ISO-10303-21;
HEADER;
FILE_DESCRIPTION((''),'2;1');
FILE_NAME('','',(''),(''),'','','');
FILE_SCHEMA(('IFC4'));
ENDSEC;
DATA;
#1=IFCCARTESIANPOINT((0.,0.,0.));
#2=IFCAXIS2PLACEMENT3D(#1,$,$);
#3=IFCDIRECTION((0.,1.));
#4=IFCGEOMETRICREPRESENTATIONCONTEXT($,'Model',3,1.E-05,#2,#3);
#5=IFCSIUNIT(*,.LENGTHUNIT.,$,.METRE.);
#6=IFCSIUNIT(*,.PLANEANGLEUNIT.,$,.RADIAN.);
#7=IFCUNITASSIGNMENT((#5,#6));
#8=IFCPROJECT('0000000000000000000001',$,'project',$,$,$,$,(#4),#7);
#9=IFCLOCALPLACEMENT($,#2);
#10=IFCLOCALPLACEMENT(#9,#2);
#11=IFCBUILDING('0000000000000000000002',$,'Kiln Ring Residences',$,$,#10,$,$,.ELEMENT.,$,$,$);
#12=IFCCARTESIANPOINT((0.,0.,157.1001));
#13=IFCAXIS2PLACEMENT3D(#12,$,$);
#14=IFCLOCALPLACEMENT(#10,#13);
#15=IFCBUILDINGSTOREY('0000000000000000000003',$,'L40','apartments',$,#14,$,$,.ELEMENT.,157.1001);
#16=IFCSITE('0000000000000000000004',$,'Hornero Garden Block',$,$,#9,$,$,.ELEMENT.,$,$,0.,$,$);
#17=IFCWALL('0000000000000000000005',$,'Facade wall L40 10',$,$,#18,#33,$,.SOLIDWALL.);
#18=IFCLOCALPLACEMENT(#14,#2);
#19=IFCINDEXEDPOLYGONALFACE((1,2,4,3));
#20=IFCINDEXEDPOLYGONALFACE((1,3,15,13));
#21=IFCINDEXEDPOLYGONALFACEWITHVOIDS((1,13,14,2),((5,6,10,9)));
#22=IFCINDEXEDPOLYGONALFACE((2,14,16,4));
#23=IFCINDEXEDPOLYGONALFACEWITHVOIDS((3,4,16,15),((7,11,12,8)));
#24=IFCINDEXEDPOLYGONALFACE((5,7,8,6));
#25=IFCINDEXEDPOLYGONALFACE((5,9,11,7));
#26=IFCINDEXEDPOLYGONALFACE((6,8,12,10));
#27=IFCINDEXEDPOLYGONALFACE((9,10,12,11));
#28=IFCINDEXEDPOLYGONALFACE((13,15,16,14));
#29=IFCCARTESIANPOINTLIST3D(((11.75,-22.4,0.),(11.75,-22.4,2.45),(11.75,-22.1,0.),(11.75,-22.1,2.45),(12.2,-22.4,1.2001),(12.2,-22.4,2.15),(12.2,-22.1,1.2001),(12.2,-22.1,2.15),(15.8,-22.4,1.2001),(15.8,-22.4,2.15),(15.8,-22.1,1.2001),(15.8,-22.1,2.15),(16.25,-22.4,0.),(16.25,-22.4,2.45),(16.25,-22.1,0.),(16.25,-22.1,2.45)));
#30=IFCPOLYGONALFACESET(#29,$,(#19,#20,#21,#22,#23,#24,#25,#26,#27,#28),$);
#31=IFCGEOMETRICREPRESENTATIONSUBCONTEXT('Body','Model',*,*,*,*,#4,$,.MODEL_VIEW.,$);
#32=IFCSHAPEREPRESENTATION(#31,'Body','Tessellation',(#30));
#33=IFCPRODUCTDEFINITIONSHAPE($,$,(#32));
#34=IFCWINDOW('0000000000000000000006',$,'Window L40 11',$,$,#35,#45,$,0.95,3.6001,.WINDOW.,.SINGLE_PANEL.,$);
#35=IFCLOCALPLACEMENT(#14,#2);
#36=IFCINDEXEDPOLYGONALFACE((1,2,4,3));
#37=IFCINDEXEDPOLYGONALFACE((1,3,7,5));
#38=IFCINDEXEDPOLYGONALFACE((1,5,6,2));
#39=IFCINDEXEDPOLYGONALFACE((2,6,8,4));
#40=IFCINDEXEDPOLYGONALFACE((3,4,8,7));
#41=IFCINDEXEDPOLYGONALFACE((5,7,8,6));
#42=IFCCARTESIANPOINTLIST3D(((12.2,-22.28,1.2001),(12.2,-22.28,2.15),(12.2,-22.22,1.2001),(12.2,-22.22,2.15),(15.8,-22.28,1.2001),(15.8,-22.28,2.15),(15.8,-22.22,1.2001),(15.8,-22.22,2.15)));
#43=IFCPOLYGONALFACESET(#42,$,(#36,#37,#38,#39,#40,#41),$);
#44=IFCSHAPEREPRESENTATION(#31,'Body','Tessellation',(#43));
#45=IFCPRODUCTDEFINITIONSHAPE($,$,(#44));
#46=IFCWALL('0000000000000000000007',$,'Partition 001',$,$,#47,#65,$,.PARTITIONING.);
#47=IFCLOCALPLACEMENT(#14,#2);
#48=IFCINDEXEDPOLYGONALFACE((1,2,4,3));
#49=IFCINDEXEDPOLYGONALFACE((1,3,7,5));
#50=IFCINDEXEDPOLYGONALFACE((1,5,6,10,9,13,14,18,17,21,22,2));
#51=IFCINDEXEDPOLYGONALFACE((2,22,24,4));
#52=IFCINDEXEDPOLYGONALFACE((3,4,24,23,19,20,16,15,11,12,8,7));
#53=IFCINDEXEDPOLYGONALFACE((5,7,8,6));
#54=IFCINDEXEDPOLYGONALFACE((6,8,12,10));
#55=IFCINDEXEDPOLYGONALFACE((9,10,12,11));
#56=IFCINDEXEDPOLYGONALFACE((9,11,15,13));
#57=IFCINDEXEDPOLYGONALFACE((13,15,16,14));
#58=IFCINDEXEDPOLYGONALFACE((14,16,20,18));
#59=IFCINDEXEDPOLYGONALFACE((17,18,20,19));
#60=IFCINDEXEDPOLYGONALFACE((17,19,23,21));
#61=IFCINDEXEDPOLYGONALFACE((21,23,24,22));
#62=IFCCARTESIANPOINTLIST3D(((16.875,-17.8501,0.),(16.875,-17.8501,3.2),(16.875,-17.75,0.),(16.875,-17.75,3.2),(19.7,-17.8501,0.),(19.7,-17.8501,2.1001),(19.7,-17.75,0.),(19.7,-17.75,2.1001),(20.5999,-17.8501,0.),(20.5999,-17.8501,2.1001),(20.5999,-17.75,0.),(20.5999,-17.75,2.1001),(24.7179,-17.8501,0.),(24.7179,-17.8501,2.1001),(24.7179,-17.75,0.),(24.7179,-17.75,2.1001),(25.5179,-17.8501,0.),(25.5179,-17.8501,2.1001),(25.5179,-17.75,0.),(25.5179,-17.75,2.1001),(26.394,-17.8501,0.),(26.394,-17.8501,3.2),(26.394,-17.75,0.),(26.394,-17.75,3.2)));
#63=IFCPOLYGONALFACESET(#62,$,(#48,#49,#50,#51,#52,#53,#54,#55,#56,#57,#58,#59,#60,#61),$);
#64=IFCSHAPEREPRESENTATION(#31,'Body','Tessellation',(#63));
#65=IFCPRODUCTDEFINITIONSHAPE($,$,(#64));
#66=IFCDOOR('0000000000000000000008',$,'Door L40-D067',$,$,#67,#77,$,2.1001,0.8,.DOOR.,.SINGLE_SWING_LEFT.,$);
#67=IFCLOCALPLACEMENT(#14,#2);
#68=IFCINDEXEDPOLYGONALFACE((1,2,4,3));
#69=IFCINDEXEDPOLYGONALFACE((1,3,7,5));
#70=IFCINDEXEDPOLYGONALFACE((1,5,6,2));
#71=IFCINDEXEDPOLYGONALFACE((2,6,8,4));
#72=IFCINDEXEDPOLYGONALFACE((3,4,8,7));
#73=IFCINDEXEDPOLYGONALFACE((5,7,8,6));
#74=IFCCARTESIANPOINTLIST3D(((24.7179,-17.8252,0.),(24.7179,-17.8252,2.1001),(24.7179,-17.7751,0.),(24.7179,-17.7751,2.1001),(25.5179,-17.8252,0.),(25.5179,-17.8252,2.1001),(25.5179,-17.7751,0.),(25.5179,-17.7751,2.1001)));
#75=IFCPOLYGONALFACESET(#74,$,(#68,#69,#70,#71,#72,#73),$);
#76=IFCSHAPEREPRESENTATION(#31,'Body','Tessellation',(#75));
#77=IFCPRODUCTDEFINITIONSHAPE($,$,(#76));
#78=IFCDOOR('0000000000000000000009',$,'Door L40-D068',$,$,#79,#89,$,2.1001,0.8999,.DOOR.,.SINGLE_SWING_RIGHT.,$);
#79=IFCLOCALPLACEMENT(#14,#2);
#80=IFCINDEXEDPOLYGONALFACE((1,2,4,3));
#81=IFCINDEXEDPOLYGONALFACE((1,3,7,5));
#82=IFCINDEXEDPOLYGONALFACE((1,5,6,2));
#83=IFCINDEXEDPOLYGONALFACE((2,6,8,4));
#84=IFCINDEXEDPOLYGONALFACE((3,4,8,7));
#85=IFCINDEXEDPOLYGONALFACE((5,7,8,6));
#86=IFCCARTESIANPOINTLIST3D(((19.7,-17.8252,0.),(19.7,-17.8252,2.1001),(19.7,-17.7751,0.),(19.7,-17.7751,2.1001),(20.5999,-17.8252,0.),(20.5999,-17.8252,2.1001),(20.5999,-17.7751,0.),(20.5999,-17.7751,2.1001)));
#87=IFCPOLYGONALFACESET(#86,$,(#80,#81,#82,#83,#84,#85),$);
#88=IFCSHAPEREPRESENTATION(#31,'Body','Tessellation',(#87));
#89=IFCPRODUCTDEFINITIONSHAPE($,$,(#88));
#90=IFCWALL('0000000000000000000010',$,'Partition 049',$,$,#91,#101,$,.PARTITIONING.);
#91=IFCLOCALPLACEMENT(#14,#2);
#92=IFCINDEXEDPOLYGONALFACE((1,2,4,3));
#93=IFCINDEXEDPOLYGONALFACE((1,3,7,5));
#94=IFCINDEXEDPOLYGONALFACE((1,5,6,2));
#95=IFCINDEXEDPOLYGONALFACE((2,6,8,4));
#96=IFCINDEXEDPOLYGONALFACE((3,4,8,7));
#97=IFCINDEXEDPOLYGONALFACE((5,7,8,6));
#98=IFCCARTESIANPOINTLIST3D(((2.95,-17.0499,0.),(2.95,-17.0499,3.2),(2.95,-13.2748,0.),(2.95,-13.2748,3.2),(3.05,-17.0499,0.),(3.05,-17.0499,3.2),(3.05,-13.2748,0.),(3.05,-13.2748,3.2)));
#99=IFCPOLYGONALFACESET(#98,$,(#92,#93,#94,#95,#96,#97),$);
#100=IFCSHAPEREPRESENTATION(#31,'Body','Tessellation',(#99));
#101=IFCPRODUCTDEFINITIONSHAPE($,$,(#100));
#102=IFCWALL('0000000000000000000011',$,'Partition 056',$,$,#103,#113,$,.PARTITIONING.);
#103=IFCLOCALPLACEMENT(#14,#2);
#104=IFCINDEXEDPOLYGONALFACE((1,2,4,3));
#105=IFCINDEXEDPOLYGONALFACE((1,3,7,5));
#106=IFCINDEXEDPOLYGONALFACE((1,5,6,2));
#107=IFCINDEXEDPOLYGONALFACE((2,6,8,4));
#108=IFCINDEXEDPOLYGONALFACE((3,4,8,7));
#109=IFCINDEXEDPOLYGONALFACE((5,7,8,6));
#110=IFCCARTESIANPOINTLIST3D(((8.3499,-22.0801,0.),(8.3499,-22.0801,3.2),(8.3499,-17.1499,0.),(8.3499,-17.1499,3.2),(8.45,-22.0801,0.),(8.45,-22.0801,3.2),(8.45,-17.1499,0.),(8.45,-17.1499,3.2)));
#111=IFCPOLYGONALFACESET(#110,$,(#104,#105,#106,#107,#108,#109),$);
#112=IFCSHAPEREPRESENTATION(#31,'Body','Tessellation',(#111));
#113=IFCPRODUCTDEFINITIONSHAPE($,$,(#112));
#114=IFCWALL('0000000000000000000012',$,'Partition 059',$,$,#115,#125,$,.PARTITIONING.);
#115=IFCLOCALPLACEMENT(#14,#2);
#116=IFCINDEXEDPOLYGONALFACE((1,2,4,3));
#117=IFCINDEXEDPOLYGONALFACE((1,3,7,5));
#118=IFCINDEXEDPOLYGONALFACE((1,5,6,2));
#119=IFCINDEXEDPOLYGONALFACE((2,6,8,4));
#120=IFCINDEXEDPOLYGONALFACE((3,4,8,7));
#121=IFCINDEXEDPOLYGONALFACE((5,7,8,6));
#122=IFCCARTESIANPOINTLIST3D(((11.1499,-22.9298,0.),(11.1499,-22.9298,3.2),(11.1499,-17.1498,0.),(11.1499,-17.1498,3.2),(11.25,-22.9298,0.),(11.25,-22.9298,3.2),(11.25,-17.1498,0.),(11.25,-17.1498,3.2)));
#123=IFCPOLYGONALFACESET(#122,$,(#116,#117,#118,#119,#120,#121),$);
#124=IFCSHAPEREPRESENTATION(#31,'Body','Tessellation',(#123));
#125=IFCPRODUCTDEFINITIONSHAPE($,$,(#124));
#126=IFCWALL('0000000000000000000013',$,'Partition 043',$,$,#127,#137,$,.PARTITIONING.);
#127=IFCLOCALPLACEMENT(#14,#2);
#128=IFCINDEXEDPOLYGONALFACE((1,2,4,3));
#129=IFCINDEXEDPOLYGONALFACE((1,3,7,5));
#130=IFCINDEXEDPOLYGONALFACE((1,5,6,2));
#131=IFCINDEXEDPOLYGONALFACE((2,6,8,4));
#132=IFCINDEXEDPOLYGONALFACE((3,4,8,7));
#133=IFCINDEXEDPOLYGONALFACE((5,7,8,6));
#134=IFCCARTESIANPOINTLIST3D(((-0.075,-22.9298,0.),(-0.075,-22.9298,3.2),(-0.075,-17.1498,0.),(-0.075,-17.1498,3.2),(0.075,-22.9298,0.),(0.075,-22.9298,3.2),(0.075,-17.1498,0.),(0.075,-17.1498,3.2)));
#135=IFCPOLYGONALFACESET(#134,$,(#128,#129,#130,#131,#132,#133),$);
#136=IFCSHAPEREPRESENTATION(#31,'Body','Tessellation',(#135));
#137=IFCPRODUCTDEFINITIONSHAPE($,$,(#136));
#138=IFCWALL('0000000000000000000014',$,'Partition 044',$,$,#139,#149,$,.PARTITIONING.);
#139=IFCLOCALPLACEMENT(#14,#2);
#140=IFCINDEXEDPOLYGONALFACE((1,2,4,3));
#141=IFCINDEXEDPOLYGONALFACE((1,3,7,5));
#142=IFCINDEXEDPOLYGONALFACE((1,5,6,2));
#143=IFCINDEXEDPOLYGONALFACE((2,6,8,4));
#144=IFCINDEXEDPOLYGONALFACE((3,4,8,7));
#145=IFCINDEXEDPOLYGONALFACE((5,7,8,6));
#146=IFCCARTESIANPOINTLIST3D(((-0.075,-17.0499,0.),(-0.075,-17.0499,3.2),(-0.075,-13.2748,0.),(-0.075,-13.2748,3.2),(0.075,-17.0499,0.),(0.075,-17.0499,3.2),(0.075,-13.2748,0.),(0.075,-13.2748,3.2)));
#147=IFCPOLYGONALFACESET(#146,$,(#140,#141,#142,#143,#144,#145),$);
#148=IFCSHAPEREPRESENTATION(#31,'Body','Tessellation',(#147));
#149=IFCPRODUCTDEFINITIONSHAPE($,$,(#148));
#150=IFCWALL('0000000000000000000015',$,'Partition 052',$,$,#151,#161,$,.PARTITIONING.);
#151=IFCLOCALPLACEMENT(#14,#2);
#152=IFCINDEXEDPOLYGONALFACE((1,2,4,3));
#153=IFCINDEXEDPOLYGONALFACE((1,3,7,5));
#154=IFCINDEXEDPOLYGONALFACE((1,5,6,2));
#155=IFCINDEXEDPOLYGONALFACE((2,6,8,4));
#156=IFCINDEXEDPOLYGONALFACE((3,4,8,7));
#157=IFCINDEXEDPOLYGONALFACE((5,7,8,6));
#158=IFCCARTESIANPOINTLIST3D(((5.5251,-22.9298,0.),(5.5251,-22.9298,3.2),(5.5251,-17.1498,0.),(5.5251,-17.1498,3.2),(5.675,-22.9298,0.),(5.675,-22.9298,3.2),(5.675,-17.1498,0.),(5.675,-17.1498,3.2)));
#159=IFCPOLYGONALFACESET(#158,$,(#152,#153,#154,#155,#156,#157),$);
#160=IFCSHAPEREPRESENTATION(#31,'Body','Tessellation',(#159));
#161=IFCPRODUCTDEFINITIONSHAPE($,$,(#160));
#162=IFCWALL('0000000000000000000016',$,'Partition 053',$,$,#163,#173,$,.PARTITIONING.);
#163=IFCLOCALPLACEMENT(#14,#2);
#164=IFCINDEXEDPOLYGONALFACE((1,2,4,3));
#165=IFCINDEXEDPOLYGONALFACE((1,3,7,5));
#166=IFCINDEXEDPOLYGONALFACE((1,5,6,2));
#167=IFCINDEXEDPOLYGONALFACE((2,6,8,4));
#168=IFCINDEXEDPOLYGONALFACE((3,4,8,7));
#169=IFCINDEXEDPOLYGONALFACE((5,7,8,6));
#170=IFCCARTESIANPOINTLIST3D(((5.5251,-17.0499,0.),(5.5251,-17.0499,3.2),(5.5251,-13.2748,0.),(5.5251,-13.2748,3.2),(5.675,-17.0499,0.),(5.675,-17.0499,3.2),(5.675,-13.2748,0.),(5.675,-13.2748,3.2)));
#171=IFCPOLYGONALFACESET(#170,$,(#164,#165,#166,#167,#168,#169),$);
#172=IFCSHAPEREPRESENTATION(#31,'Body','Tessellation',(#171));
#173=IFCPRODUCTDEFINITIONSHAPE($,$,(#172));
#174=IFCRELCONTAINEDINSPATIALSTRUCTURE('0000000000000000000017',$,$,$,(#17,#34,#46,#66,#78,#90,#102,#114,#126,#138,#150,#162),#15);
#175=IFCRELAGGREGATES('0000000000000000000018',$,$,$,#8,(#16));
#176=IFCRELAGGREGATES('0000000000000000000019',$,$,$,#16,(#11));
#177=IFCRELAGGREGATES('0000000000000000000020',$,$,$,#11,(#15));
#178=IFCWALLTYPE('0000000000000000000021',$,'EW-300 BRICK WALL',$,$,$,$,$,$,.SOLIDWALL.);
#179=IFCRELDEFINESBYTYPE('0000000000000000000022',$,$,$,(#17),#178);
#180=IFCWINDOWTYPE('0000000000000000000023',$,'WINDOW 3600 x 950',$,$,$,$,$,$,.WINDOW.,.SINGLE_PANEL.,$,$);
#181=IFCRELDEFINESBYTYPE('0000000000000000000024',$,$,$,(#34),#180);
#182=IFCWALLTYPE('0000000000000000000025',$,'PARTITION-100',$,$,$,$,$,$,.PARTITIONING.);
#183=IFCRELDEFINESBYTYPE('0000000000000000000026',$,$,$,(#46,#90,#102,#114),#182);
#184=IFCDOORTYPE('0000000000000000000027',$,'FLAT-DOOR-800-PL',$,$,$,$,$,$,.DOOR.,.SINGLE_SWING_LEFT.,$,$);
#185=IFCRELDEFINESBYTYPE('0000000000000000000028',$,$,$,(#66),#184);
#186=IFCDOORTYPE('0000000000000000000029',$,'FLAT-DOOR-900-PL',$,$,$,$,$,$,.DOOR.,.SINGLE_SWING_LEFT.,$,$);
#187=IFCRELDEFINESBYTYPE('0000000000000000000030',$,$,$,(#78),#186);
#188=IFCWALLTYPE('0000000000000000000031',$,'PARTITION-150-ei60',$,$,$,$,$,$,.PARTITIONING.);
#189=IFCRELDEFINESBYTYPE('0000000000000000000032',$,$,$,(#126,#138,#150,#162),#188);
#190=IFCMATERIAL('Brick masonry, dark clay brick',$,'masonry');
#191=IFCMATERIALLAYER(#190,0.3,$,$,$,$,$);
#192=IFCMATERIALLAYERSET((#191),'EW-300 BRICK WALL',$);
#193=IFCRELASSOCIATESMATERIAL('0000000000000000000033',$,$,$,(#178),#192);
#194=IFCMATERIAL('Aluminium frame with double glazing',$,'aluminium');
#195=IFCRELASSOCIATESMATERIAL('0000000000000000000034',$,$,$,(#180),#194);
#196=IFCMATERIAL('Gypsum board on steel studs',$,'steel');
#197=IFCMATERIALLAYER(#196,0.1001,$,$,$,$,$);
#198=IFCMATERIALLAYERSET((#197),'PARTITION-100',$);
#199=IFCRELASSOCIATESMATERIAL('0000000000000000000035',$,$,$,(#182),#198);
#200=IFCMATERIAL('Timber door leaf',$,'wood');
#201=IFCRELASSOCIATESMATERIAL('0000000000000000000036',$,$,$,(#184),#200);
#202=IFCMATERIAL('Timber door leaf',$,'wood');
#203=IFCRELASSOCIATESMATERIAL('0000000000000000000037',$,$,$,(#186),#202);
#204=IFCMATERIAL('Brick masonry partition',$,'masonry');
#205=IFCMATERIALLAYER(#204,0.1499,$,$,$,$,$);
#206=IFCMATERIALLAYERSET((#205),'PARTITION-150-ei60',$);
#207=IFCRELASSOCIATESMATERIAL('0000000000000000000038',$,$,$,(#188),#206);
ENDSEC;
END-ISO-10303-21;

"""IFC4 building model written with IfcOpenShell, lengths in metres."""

from ifc_helpers import new_model, si_unit, direction, frame, frame_2d, origin, place, context, subcontext, project, spatial, rectangle, extrude, material, layer, layer_set, type_object, element, fill, save


model = new_model("IFC4")

# Units and contexts
model_context = context("Model", 3, precision=1e-05, world=origin(), true_north=direction((0.0, 1.0)))
body_context = subcontext(model_context, "Body", "Model", "MODEL_VIEW")
ifc_project = project(units=[si_unit("LENGTHUNIT", "METRE"), si_unit("PLANEANGLEUNIT", "RADIAN")], contexts=[model_context])

# Site, building, storey
site_placement = place(None, origin())
site = spatial("IfcSite", under=ifc_project, at=site_placement, Name="Hornero Garden Block", CompositionType="ELEMENT", RefElevation=0.0)
building_placement = place(site_placement, origin())
building = spatial("IfcBuilding", under=site, at=building_placement, Name="Kiln Ring Residences", CompositionType="ELEMENT")
storey_placement = place(building_placement, frame((0.0, 0.0, 157.1001)))
storey = spatial("IfcBuildingStorey", under=building, at=storey_placement, Name="L40", Description="apartments", CompositionType="ELEMENT", Elevation=157.1001)

# Shared definitions
ifc_material_1 = material(Name="Brick masonry, dark clay brick", Category="masonry")
ifc_layer_1 = layer(ifc_material_1, 0.3)
ifc_layer_set_1 = layer_set([ifc_layer_1], Name="EW-300 BRICK WALL")
wall_type_1 = type_object("IfcWallType", Name="EW-300 BRICK WALL", PredefinedType="SOLIDWALL", material=ifc_layer_set_1)
ifc_material_2 = material(Name="Aluminium frame with double glazing", Category="aluminium")
window_type_1 = type_object("IfcWindowType", Name="WINDOW 3600 x 950", PartitioningType="SINGLE_PANEL", PredefinedType="WINDOW", material=ifc_material_2)

# Wall, opening, window
wall_1_placement = place(storey_placement, frame((11.75, -22.25, 0.0), z_axis=(0.0, 0.0, 1.0), x_axis=(1.0, 0.0, 0.0)))
wall_1 = element("IfcWall", 1, at=wall_1_placement, inside=storey, type_object=wall_type_1, Name="Facade wall L40 10", PredefinedType="SOLIDWALL", context=body_context, shape_type="SweptSolid", body=[
    extrude(rectangle(XDim=4.5, YDim=0.3, at=frame_2d((2.25, 0.0))), origin(), (0.0, 0.0, 1.0), 2.45),
])
opening_1_placement = place(wall_1_placement, frame((0.45, 0.0, 1.2)))
opening_1 = element("IfcOpeningElement", 2, at=opening_1_placement, cuts=wall_1, PredefinedType="OPENING", context=body_context, shape_type="SweptSolid", body=[
    extrude(rectangle(XDim=3.6001, YDim=0.95, at=frame_2d((1.8, 0.4751))), frame((0.0, 0.1599, 0.0), z_axis=(0.0, -1.0, 0.0), x_axis=(1.0, 0.0, 0.0)), (0.0, 0.0, 1.0), 0.3201),
])
window_1_placement = place(opening_1_placement, origin())
window_1 = element("IfcWindow", 3, at=window_1_placement, inside=storey, type_object=window_type_1, Name="Window L40 11", OverallHeight=0.95, OverallWidth=3.6001, PartitioningType="SINGLE_PANEL", PredefinedType="WINDOW", context=body_context, shape_type="SweptSolid", body=[
    extrude(rectangle(XDim=3.6001, YDim=0.95, at=frame_2d((1.8, 0.4751))), frame((0.0, 0.03, 0.0), z_axis=(0.0, -1.0, 0.0), x_axis=(1.0, 0.0, 0.0)), (0.0, 0.0, 1.0), 0.0601),
])
fill(opening_1, window_1)

# Wall, openings, doors
ifc_material_3 = material(Name="Gypsum board on steel studs", Category="steel")
ifc_layer_2 = layer(ifc_material_3, 0.1001)
ifc_layer_set_2 = layer_set([ifc_layer_2], Name="PARTITION-100")
wall_type_2 = type_object("IfcWallType", Name="PARTITION-100", PredefinedType="PARTITIONING", material=ifc_layer_set_2)
wall_2_placement = place(storey_placement, frame((16.875, -17.8, 0.0), z_axis=(0.0, 0.0, 1.0), x_axis=(1.0, 0.0, 0.0)))
wall_2 = element("IfcWall", 4, at=wall_2_placement, inside=storey, type_object=wall_type_2, Name="Partition 001", PredefinedType="PARTITIONING", context=body_context, shape_type="SweptSolid", body=[
    extrude(rectangle(XDim=9.519, YDim=0.1001, at=frame_2d((4.7595, 0.0))), origin(), (0.0, 0.0, 1.0), 3.2),
])
opening_2_placement = place(wall_2_placement, frame((7.843, 0.0, 0.0)))
opening_2 = element("IfcOpeningElement", 5, at=opening_2_placement, cuts=wall_2, PredefinedType="OPENING", context=body_context, shape_type="SweptSolid", body=[
    extrude(rectangle(XDim=0.8, YDim=2.1001, at=frame_2d((0.3999, 1.05))), frame((0.0, 0.0601, 0.0), z_axis=(0.0, -1.0, 0.0), x_axis=(1.0, 0.0, 0.0)), (0.0, 0.0, 1.0), 0.1201),
])
opening_3_placement = place(wall_2_placement, frame((2.825, 0.0, 0.0)))
opening_3 = element("IfcOpeningElement", 6, at=opening_3_placement, cuts=wall_2, PredefinedType="OPENING", context=body_context, shape_type="SweptSolid", body=[
    extrude(rectangle(XDim=0.8999, YDim=2.1001, at=frame_2d((0.45, 1.05))), frame((0.0, 0.0601, 0.0), z_axis=(0.0, -1.0, 0.0), x_axis=(1.0, 0.0, 0.0)), (0.0, 0.0, 1.0), 0.1201),
])
ifc_material_4 = material(Name="Timber door leaf", Category="wood")
door_type_1 = type_object("IfcDoorType", Name="FLAT-DOOR-800-PL", OperationType="SINGLE_SWING_LEFT", PredefinedType="DOOR", material=ifc_material_4)
door_1_placement = place(opening_2_placement, origin())
door_1 = element("IfcDoor", 7, at=door_1_placement, inside=storey, type_object=door_type_1, Name="Door L40-D067", OperationType="SINGLE_SWING_LEFT", OverallHeight=2.1001, OverallWidth=0.8, PredefinedType="DOOR", context=body_context, shape_type="SweptSolid", body=[
    extrude(rectangle(XDim=0.8, YDim=2.1001, at=frame_2d((0.3999, 1.05))), frame((0.0, 0.0249, 0.0), z_axis=(0.0, -1.0, 0.0), x_axis=(1.0, 0.0, 0.0)), (0.0, 0.0, 1.0), 0.05),
])
fill(opening_2, door_1)
ifc_material_5 = material(Name="Timber door leaf", Category="wood")
door_type_2 = type_object("IfcDoorType", Name="FLAT-DOOR-900-PL", OperationType="SINGLE_SWING_LEFT", PredefinedType="DOOR", material=ifc_material_5)
door_2_placement = place(opening_3_placement, origin())
door_2 = element("IfcDoor", 8, at=door_2_placement, inside=storey, type_object=door_type_2, Name="Door L40-D068", OperationType="SINGLE_SWING_RIGHT", OverallHeight=2.1001, OverallWidth=0.8999, PredefinedType="DOOR", context=body_context, shape_type="SweptSolid", body=[
    extrude(rectangle(XDim=0.8999, YDim=2.1001, at=frame_2d((0.45, 1.05))), frame((0.0, 0.0249, 0.0), z_axis=(0.0, -1.0, 0.0), x_axis=(1.0, 0.0, 0.0)), (0.0, 0.0, 1.0), 0.05),
])
fill(opening_3, door_2)

# Walls
wall_3_placement = place(storey_placement, frame((3.0, -17.05, 0.0), z_axis=(0.0, 0.0, 1.0), x_axis=(0.0, 1.0, 0.0)))
element("IfcWall", 9, at=wall_3_placement, inside=storey, type_object=wall_type_2, Name="Partition 049", PredefinedType="PARTITIONING", context=body_context, shape_type="SweptSolid", body=[
    extrude(rectangle(XDim=3.7751, YDim=0.1001, at=frame_2d((1.8877, 0.0))), origin(), (0.0, 0.0, 1.0), 3.2),
])
wall_4_placement = place(storey_placement, frame((8.3999, -22.0801, 0.0), z_axis=(0.0, 0.0, 1.0), x_axis=(0.0, 1.0, 0.0)))
element("IfcWall", 10, at=wall_4_placement, inside=storey, type_object=wall_type_2, Name="Partition 056", PredefinedType="PARTITIONING", context=body_context, shape_type="SweptSolid", body=[
    extrude(rectangle(XDim=4.9302, YDim=0.1001, at=frame_2d((2.4651, 0.0))), origin(), (0.0, 0.0, 1.0), 3.2),
])
wall_5_placement = place(storey_placement, frame((11.2, -22.9299, 0.0), z_axis=(0.0, 0.0, 1.0), x_axis=(0.0, 1.0, 0.0)))
element("IfcWall", 11, at=wall_5_placement, inside=storey, type_object=wall_type_2, Name="Partition 059", PredefinedType="PARTITIONING", context=body_context, shape_type="SweptSolid", body=[
    extrude(rectangle(XDim=5.78, YDim=0.1001, at=frame_2d((2.8901, 0.0))), origin(), (0.0, 0.0, 1.0), 3.2),
])
ifc_material_6 = material(Name="Brick masonry partition", Category="masonry")
ifc_layer_3 = layer(ifc_material_6, 0.1499)
ifc_layer_set_3 = layer_set([ifc_layer_3], Name="PARTITION-150-ei60")
wall_type_3 = type_object("IfcWallType", Name="PARTITION-150-ei60", PredefinedType="PARTITIONING", material=ifc_layer_set_3)
wall_6_placement = place(storey_placement, frame((0.0, -22.9299, 0.0), z_axis=(0.0, 0.0, 1.0), x_axis=(0.0, 1.0, 0.0)))
element("IfcWall", 12, at=wall_6_placement, inside=storey, type_object=wall_type_3, Name="Partition 043", PredefinedType="PARTITIONING", context=body_context, shape_type="SweptSolid", body=[
    extrude(rectangle(XDim=5.78, YDim=0.1499, at=frame_2d((2.8901, 0.0))), origin(), (0.0, 0.0, 1.0), 3.2),
])
wall_7_placement = place(storey_placement, frame((0.0, -17.05, 0.0), z_axis=(0.0, 0.0, 1.0), x_axis=(0.0, 1.0, 0.0)))
element("IfcWall", 13, at=wall_7_placement, inside=storey, type_object=wall_type_3, Name="Partition 044", PredefinedType="PARTITIONING", context=body_context, shape_type="SweptSolid", body=[
    extrude(rectangle(XDim=3.7751, YDim=0.1499, at=frame_2d((1.8877, 0.0))), origin(), (0.0, 0.0, 1.0), 3.2),
])
wall_8_placement = place(storey_placement, frame((5.6001, -22.9299, 0.0), z_axis=(0.0, 0.0, 1.0), x_axis=(0.0, 1.0, 0.0)))
element("IfcWall", 14, at=wall_8_placement, inside=storey, type_object=wall_type_3, Name="Partition 052", PredefinedType="PARTITIONING", context=body_context, shape_type="SweptSolid", body=[
    extrude(rectangle(XDim=5.78, YDim=0.1499, at=frame_2d((2.8901, 0.0))), origin(), (0.0, 0.0, 1.0), 3.2),
])
wall_9_placement = place(storey_placement, frame((5.6001, -17.05, 0.0), z_axis=(0.0, 0.0, 1.0), x_axis=(0.0, 1.0, 0.0)))
element("IfcWall", 15, at=wall_9_placement, inside=storey, type_object=wall_type_3, Name="Partition 053", PredefinedType="PARTITIONING", context=body_context, shape_type="SweptSolid", body=[
    extrude(rectangle(XDim=3.7751, YDim=0.1499, at=frame_2d((1.8877, 0.0))), origin(), (0.0, 0.0, 1.0), 3.2),
])

save(model, "model.ifc")
